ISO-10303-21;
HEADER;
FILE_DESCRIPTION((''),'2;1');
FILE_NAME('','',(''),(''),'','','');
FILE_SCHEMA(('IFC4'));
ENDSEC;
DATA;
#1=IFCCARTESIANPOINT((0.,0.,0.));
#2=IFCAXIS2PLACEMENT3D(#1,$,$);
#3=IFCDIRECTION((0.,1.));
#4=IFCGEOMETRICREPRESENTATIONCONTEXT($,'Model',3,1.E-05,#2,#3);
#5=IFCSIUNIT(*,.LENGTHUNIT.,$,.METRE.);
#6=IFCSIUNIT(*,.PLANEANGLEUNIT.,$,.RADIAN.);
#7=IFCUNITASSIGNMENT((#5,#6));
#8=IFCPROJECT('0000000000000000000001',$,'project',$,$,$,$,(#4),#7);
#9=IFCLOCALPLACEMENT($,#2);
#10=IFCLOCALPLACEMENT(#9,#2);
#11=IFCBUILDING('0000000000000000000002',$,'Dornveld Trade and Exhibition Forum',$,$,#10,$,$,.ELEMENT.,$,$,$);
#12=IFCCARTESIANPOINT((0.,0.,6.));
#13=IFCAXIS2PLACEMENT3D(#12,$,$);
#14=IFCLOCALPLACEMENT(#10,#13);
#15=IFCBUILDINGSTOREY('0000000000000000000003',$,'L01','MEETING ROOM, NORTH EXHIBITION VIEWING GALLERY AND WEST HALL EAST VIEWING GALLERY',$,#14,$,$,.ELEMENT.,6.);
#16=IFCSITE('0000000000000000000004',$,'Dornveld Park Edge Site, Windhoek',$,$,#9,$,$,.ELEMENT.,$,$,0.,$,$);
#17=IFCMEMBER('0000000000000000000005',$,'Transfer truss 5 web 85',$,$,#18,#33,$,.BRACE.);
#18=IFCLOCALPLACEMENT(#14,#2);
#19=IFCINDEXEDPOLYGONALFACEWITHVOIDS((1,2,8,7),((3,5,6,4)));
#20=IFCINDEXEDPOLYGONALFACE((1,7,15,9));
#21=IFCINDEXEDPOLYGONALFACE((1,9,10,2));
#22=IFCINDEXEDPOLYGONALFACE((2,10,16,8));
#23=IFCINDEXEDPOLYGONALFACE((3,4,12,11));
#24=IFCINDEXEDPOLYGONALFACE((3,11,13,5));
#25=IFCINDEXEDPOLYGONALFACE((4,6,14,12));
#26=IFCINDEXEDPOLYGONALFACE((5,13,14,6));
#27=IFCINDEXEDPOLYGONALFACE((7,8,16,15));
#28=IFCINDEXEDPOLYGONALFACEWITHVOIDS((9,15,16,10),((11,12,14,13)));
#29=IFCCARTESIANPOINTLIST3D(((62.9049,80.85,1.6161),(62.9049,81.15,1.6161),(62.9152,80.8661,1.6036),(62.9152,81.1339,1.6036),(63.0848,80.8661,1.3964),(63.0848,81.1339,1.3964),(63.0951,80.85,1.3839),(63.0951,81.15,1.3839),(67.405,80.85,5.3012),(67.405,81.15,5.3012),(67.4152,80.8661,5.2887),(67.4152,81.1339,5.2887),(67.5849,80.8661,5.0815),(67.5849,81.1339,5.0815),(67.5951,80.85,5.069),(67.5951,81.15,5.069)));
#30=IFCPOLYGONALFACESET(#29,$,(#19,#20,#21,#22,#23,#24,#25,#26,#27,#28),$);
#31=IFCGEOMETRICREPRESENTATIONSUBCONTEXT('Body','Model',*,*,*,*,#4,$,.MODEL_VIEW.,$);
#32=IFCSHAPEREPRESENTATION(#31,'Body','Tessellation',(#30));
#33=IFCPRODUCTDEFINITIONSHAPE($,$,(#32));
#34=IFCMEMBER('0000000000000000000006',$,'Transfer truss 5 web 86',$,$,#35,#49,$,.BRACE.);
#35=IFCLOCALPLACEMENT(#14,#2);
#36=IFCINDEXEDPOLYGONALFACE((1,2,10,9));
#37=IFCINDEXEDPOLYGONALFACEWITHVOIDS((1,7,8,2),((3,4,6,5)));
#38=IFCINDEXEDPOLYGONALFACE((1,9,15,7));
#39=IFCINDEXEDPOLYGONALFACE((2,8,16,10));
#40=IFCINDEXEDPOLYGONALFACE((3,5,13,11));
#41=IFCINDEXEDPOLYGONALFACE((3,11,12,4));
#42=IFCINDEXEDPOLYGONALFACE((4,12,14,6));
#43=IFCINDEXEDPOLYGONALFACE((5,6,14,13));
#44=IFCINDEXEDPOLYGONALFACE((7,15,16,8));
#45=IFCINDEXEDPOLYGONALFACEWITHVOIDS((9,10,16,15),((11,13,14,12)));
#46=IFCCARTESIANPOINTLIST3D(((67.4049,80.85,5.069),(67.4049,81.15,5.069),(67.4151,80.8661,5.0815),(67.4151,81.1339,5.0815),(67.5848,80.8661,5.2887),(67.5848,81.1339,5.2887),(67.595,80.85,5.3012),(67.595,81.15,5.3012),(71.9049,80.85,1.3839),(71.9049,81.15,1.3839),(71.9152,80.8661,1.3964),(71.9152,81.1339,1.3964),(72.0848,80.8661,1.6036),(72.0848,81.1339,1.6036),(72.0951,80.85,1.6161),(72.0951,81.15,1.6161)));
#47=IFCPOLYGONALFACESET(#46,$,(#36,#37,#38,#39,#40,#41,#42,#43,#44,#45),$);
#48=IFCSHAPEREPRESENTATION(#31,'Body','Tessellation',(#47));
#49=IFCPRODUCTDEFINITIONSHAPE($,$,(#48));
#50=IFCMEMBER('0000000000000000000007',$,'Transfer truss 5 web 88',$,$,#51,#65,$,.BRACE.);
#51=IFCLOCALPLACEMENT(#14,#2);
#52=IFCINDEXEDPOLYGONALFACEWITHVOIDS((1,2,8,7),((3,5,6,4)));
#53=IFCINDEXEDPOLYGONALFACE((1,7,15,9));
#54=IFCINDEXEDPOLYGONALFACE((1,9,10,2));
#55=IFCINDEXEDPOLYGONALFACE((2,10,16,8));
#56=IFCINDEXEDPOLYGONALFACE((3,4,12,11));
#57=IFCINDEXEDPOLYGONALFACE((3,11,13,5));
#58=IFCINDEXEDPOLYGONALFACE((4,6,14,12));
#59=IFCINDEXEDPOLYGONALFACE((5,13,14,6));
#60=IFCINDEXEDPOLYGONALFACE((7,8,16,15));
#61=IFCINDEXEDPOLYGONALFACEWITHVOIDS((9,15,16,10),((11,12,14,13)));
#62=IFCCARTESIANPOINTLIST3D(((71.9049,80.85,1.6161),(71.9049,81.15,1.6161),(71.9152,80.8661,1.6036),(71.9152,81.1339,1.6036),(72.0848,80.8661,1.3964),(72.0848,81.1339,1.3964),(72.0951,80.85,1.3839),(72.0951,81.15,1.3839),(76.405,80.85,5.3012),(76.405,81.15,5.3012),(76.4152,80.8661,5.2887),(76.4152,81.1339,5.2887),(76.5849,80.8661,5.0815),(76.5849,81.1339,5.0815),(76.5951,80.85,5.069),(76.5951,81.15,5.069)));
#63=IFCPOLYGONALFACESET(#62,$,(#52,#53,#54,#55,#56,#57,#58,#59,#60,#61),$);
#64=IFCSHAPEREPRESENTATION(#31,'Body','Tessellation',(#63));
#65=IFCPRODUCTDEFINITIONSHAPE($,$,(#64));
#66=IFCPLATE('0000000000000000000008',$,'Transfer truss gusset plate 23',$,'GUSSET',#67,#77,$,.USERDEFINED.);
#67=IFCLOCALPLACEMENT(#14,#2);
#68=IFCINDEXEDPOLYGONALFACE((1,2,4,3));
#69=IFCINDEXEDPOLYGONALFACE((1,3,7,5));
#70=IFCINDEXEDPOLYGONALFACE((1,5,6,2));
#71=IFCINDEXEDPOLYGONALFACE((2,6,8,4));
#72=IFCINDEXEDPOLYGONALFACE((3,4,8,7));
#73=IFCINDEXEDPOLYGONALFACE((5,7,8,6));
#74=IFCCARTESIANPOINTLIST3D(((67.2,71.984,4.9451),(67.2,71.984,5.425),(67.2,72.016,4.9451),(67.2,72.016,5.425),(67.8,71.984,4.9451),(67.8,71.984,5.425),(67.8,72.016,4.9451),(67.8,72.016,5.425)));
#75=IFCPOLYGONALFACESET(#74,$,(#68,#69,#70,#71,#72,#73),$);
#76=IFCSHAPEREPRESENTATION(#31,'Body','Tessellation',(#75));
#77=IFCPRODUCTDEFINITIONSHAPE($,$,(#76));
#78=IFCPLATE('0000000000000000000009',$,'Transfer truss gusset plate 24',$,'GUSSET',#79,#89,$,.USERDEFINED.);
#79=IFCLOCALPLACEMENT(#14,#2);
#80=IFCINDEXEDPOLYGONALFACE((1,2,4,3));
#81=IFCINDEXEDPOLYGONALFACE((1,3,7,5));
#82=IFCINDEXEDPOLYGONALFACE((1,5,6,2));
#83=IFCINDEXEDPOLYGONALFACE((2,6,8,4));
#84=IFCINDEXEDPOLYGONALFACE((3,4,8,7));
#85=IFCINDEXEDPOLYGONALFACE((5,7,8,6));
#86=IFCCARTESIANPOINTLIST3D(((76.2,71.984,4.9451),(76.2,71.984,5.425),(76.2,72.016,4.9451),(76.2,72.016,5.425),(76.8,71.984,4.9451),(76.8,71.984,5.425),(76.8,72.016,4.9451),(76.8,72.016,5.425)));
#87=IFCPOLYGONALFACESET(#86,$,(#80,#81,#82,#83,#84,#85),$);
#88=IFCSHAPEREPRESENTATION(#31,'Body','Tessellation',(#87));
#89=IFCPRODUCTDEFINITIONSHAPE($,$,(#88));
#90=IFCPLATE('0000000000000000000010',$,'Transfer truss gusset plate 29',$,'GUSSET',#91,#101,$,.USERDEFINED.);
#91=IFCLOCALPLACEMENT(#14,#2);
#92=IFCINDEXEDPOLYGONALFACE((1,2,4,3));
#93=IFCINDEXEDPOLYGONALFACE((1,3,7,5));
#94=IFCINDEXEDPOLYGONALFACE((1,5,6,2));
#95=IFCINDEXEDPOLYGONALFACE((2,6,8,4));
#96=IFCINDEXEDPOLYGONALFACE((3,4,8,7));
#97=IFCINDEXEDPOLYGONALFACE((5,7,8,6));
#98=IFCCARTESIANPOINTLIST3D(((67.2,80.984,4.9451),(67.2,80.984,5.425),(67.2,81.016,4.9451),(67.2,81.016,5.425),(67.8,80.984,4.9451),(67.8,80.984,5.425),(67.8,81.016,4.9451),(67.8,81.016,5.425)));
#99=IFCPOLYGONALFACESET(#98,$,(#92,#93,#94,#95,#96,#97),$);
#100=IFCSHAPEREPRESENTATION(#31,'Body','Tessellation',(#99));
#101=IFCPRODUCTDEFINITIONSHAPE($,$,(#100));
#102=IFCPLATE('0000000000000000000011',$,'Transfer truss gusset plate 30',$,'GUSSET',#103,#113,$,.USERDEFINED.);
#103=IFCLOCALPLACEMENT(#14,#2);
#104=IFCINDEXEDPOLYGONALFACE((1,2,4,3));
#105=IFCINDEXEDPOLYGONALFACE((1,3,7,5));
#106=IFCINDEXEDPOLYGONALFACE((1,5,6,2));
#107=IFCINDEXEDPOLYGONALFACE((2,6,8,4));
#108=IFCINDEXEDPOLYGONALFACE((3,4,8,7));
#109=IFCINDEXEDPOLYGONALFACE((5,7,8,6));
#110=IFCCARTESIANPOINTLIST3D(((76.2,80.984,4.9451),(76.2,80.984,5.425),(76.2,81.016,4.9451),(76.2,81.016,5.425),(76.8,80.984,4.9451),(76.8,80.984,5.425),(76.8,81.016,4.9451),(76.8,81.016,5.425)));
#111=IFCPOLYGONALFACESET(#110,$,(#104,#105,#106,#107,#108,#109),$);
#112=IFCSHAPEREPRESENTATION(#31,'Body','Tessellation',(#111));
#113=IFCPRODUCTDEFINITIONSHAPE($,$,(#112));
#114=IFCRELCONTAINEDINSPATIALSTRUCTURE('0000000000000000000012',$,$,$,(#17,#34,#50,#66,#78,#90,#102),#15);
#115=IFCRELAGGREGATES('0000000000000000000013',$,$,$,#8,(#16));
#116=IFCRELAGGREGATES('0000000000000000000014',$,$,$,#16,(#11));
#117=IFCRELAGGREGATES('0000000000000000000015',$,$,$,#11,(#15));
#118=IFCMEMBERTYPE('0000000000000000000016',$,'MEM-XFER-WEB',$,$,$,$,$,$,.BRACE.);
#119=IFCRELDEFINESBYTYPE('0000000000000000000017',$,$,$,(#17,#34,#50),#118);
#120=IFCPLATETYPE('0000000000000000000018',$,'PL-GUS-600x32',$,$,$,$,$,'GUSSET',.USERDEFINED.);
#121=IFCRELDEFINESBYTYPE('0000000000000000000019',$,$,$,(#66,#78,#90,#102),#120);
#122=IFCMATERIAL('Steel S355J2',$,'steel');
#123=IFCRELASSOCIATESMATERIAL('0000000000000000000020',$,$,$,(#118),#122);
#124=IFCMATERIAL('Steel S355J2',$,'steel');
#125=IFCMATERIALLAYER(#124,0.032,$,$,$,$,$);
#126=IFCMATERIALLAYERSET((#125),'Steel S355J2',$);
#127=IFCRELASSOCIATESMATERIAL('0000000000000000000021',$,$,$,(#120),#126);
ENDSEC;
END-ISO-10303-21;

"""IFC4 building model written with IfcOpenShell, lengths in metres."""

from ifc_helpers import new_model, si_unit, direction, frame, origin, origin_2d, place, context, subcontext, project, spatial, rectangle, hollow_rectangle, extrude, material, layer, layer_set, material_profile, profile_set, type_object, element, save


model = new_model("IFC4")

# Units and contexts
model_context = context("Model", 3, precision=1e-05, world=origin(), true_north=direction((0.0, 1.0)))
body_context = subcontext(model_context, "Body", "Model", "MODEL_VIEW")
ifc_project = project(units=[si_unit("LENGTHUNIT", "METRE"), si_unit("PLANEANGLEUNIT", "RADIAN")], contexts=[model_context])

# Site, building, storey
site_placement = place(None, origin())
site = spatial("IfcSite", under=ifc_project, at=site_placement, Name="Dornveld Park Edge Site, Windhoek", CompositionType="ELEMENT", RefElevation=0.0)
building_placement = place(site_placement, origin())
building = spatial("IfcBuilding", under=site, at=building_placement, Name="Dornveld Trade and Exhibition Forum", CompositionType="ELEMENT")
storey_placement = place(building_placement, frame((0.0, 0.0, 6.0)))
storey = spatial("IfcBuildingStorey", under=building, at=storey_placement, Name="L01", Description="MEETING ROOM, NORTH EXHIBITION VIEWING GALLERY AND WEST HALL EAST VIEWING GALLERY", CompositionType="ELEMENT", Elevation=6.0)

# Members
ifc_material_1 = material(Name="Steel S355J2", Category="steel")
ifc_material_profile_1 = material_profile(ifc_material_1, hollow_rectangle(XDim=0.3, YDim=0.3, WallThickness=0.0161, at=origin_2d()), Name="SHS 300x300x16")
ifc_profile_set_1 = profile_set([ifc_material_profile_1], Name="Steel S355J2")
member_type_1 = type_object("IfcMemberType", Name="MEM-XFER-WEB", PredefinedType="BRACE", material=ifc_profile_set_1)
for number, where, z_axis, x_axis, name in (
    (1, (63.0, 81.0, 1.5), (0.773684, 0.0, 0.633571), (0.0, 1.0, 0.0), "Transfer truss 5 web 85"),
    (2, (72.0, 81.0, 1.5), (-0.773684, 0.0, 0.633571), (0.0, -1.0, 0.0), "Transfer truss 5 web 86"),
    (3, (72.0, 81.0, 1.5), (0.773684, 0.0, 0.633571), (0.0, 1.0, 0.0), "Transfer truss 5 web 88"),
):
    element("IfcMember", number, at=place(storey_placement, frame(where, z_axis=z_axis, x_axis=x_axis)), inside=storey, type_object=member_type_1, Name=name, PredefinedType="BRACE", context=body_context, shape_type="SweptSolid", body=[
        extrude(hollow_rectangle(XDim=0.3, YDim=0.3, WallThickness=0.0161, at=origin_2d()), origin(), (0.0, 0.0, 1.0), 5.8164),
    ])

# Plates
ifc_material_2 = material(Name="Steel S355J2", Category="steel")
ifc_layer = layer(ifc_material_2, 0.032)
ifc_layer_set = layer_set([ifc_layer], Name="Steel S355J2")
plate_type = type_object("IfcPlateType", Name="PL-GUS-600x32", ElementType="GUSSET", PredefinedType="USERDEFINED", material=ifc_layer_set)
for number, where, z_axis, x_axis, name in (
    (4, (67.5, 72.0, 4.9451), (0.0, 0.0, 1.0), (1.0, 0.0, 0.0), "Transfer truss gusset plate 23"),
    (5, (76.5, 72.0, 4.9451), (0.0, 0.0, 1.0), (1.0, 0.0, 0.0), "Transfer truss gusset plate 24"),
    (6, (67.5, 81.0, 4.9451), (0.0, 0.0, 1.0), (1.0, 0.0, 0.0), "Transfer truss gusset plate 29"),
    (7, (76.5, 81.0, 4.9451), (0.0, 0.0, 1.0), (1.0, 0.0, 0.0), "Transfer truss gusset plate 30"),
):
    element("IfcPlate", number, at=place(storey_placement, frame(where, z_axis=z_axis, x_axis=x_axis)), inside=storey, type_object=plate_type, Name=name, ObjectType="GUSSET", PredefinedType="USERDEFINED", context=body_context, shape_type="SweptSolid", body=[
        extrude(rectangle(XDim=0.6001, YDim=0.032, at=origin_2d()), origin(), (0.0, 0.0, 1.0), 0.48),
    ])

save(model, "model.ifc")
